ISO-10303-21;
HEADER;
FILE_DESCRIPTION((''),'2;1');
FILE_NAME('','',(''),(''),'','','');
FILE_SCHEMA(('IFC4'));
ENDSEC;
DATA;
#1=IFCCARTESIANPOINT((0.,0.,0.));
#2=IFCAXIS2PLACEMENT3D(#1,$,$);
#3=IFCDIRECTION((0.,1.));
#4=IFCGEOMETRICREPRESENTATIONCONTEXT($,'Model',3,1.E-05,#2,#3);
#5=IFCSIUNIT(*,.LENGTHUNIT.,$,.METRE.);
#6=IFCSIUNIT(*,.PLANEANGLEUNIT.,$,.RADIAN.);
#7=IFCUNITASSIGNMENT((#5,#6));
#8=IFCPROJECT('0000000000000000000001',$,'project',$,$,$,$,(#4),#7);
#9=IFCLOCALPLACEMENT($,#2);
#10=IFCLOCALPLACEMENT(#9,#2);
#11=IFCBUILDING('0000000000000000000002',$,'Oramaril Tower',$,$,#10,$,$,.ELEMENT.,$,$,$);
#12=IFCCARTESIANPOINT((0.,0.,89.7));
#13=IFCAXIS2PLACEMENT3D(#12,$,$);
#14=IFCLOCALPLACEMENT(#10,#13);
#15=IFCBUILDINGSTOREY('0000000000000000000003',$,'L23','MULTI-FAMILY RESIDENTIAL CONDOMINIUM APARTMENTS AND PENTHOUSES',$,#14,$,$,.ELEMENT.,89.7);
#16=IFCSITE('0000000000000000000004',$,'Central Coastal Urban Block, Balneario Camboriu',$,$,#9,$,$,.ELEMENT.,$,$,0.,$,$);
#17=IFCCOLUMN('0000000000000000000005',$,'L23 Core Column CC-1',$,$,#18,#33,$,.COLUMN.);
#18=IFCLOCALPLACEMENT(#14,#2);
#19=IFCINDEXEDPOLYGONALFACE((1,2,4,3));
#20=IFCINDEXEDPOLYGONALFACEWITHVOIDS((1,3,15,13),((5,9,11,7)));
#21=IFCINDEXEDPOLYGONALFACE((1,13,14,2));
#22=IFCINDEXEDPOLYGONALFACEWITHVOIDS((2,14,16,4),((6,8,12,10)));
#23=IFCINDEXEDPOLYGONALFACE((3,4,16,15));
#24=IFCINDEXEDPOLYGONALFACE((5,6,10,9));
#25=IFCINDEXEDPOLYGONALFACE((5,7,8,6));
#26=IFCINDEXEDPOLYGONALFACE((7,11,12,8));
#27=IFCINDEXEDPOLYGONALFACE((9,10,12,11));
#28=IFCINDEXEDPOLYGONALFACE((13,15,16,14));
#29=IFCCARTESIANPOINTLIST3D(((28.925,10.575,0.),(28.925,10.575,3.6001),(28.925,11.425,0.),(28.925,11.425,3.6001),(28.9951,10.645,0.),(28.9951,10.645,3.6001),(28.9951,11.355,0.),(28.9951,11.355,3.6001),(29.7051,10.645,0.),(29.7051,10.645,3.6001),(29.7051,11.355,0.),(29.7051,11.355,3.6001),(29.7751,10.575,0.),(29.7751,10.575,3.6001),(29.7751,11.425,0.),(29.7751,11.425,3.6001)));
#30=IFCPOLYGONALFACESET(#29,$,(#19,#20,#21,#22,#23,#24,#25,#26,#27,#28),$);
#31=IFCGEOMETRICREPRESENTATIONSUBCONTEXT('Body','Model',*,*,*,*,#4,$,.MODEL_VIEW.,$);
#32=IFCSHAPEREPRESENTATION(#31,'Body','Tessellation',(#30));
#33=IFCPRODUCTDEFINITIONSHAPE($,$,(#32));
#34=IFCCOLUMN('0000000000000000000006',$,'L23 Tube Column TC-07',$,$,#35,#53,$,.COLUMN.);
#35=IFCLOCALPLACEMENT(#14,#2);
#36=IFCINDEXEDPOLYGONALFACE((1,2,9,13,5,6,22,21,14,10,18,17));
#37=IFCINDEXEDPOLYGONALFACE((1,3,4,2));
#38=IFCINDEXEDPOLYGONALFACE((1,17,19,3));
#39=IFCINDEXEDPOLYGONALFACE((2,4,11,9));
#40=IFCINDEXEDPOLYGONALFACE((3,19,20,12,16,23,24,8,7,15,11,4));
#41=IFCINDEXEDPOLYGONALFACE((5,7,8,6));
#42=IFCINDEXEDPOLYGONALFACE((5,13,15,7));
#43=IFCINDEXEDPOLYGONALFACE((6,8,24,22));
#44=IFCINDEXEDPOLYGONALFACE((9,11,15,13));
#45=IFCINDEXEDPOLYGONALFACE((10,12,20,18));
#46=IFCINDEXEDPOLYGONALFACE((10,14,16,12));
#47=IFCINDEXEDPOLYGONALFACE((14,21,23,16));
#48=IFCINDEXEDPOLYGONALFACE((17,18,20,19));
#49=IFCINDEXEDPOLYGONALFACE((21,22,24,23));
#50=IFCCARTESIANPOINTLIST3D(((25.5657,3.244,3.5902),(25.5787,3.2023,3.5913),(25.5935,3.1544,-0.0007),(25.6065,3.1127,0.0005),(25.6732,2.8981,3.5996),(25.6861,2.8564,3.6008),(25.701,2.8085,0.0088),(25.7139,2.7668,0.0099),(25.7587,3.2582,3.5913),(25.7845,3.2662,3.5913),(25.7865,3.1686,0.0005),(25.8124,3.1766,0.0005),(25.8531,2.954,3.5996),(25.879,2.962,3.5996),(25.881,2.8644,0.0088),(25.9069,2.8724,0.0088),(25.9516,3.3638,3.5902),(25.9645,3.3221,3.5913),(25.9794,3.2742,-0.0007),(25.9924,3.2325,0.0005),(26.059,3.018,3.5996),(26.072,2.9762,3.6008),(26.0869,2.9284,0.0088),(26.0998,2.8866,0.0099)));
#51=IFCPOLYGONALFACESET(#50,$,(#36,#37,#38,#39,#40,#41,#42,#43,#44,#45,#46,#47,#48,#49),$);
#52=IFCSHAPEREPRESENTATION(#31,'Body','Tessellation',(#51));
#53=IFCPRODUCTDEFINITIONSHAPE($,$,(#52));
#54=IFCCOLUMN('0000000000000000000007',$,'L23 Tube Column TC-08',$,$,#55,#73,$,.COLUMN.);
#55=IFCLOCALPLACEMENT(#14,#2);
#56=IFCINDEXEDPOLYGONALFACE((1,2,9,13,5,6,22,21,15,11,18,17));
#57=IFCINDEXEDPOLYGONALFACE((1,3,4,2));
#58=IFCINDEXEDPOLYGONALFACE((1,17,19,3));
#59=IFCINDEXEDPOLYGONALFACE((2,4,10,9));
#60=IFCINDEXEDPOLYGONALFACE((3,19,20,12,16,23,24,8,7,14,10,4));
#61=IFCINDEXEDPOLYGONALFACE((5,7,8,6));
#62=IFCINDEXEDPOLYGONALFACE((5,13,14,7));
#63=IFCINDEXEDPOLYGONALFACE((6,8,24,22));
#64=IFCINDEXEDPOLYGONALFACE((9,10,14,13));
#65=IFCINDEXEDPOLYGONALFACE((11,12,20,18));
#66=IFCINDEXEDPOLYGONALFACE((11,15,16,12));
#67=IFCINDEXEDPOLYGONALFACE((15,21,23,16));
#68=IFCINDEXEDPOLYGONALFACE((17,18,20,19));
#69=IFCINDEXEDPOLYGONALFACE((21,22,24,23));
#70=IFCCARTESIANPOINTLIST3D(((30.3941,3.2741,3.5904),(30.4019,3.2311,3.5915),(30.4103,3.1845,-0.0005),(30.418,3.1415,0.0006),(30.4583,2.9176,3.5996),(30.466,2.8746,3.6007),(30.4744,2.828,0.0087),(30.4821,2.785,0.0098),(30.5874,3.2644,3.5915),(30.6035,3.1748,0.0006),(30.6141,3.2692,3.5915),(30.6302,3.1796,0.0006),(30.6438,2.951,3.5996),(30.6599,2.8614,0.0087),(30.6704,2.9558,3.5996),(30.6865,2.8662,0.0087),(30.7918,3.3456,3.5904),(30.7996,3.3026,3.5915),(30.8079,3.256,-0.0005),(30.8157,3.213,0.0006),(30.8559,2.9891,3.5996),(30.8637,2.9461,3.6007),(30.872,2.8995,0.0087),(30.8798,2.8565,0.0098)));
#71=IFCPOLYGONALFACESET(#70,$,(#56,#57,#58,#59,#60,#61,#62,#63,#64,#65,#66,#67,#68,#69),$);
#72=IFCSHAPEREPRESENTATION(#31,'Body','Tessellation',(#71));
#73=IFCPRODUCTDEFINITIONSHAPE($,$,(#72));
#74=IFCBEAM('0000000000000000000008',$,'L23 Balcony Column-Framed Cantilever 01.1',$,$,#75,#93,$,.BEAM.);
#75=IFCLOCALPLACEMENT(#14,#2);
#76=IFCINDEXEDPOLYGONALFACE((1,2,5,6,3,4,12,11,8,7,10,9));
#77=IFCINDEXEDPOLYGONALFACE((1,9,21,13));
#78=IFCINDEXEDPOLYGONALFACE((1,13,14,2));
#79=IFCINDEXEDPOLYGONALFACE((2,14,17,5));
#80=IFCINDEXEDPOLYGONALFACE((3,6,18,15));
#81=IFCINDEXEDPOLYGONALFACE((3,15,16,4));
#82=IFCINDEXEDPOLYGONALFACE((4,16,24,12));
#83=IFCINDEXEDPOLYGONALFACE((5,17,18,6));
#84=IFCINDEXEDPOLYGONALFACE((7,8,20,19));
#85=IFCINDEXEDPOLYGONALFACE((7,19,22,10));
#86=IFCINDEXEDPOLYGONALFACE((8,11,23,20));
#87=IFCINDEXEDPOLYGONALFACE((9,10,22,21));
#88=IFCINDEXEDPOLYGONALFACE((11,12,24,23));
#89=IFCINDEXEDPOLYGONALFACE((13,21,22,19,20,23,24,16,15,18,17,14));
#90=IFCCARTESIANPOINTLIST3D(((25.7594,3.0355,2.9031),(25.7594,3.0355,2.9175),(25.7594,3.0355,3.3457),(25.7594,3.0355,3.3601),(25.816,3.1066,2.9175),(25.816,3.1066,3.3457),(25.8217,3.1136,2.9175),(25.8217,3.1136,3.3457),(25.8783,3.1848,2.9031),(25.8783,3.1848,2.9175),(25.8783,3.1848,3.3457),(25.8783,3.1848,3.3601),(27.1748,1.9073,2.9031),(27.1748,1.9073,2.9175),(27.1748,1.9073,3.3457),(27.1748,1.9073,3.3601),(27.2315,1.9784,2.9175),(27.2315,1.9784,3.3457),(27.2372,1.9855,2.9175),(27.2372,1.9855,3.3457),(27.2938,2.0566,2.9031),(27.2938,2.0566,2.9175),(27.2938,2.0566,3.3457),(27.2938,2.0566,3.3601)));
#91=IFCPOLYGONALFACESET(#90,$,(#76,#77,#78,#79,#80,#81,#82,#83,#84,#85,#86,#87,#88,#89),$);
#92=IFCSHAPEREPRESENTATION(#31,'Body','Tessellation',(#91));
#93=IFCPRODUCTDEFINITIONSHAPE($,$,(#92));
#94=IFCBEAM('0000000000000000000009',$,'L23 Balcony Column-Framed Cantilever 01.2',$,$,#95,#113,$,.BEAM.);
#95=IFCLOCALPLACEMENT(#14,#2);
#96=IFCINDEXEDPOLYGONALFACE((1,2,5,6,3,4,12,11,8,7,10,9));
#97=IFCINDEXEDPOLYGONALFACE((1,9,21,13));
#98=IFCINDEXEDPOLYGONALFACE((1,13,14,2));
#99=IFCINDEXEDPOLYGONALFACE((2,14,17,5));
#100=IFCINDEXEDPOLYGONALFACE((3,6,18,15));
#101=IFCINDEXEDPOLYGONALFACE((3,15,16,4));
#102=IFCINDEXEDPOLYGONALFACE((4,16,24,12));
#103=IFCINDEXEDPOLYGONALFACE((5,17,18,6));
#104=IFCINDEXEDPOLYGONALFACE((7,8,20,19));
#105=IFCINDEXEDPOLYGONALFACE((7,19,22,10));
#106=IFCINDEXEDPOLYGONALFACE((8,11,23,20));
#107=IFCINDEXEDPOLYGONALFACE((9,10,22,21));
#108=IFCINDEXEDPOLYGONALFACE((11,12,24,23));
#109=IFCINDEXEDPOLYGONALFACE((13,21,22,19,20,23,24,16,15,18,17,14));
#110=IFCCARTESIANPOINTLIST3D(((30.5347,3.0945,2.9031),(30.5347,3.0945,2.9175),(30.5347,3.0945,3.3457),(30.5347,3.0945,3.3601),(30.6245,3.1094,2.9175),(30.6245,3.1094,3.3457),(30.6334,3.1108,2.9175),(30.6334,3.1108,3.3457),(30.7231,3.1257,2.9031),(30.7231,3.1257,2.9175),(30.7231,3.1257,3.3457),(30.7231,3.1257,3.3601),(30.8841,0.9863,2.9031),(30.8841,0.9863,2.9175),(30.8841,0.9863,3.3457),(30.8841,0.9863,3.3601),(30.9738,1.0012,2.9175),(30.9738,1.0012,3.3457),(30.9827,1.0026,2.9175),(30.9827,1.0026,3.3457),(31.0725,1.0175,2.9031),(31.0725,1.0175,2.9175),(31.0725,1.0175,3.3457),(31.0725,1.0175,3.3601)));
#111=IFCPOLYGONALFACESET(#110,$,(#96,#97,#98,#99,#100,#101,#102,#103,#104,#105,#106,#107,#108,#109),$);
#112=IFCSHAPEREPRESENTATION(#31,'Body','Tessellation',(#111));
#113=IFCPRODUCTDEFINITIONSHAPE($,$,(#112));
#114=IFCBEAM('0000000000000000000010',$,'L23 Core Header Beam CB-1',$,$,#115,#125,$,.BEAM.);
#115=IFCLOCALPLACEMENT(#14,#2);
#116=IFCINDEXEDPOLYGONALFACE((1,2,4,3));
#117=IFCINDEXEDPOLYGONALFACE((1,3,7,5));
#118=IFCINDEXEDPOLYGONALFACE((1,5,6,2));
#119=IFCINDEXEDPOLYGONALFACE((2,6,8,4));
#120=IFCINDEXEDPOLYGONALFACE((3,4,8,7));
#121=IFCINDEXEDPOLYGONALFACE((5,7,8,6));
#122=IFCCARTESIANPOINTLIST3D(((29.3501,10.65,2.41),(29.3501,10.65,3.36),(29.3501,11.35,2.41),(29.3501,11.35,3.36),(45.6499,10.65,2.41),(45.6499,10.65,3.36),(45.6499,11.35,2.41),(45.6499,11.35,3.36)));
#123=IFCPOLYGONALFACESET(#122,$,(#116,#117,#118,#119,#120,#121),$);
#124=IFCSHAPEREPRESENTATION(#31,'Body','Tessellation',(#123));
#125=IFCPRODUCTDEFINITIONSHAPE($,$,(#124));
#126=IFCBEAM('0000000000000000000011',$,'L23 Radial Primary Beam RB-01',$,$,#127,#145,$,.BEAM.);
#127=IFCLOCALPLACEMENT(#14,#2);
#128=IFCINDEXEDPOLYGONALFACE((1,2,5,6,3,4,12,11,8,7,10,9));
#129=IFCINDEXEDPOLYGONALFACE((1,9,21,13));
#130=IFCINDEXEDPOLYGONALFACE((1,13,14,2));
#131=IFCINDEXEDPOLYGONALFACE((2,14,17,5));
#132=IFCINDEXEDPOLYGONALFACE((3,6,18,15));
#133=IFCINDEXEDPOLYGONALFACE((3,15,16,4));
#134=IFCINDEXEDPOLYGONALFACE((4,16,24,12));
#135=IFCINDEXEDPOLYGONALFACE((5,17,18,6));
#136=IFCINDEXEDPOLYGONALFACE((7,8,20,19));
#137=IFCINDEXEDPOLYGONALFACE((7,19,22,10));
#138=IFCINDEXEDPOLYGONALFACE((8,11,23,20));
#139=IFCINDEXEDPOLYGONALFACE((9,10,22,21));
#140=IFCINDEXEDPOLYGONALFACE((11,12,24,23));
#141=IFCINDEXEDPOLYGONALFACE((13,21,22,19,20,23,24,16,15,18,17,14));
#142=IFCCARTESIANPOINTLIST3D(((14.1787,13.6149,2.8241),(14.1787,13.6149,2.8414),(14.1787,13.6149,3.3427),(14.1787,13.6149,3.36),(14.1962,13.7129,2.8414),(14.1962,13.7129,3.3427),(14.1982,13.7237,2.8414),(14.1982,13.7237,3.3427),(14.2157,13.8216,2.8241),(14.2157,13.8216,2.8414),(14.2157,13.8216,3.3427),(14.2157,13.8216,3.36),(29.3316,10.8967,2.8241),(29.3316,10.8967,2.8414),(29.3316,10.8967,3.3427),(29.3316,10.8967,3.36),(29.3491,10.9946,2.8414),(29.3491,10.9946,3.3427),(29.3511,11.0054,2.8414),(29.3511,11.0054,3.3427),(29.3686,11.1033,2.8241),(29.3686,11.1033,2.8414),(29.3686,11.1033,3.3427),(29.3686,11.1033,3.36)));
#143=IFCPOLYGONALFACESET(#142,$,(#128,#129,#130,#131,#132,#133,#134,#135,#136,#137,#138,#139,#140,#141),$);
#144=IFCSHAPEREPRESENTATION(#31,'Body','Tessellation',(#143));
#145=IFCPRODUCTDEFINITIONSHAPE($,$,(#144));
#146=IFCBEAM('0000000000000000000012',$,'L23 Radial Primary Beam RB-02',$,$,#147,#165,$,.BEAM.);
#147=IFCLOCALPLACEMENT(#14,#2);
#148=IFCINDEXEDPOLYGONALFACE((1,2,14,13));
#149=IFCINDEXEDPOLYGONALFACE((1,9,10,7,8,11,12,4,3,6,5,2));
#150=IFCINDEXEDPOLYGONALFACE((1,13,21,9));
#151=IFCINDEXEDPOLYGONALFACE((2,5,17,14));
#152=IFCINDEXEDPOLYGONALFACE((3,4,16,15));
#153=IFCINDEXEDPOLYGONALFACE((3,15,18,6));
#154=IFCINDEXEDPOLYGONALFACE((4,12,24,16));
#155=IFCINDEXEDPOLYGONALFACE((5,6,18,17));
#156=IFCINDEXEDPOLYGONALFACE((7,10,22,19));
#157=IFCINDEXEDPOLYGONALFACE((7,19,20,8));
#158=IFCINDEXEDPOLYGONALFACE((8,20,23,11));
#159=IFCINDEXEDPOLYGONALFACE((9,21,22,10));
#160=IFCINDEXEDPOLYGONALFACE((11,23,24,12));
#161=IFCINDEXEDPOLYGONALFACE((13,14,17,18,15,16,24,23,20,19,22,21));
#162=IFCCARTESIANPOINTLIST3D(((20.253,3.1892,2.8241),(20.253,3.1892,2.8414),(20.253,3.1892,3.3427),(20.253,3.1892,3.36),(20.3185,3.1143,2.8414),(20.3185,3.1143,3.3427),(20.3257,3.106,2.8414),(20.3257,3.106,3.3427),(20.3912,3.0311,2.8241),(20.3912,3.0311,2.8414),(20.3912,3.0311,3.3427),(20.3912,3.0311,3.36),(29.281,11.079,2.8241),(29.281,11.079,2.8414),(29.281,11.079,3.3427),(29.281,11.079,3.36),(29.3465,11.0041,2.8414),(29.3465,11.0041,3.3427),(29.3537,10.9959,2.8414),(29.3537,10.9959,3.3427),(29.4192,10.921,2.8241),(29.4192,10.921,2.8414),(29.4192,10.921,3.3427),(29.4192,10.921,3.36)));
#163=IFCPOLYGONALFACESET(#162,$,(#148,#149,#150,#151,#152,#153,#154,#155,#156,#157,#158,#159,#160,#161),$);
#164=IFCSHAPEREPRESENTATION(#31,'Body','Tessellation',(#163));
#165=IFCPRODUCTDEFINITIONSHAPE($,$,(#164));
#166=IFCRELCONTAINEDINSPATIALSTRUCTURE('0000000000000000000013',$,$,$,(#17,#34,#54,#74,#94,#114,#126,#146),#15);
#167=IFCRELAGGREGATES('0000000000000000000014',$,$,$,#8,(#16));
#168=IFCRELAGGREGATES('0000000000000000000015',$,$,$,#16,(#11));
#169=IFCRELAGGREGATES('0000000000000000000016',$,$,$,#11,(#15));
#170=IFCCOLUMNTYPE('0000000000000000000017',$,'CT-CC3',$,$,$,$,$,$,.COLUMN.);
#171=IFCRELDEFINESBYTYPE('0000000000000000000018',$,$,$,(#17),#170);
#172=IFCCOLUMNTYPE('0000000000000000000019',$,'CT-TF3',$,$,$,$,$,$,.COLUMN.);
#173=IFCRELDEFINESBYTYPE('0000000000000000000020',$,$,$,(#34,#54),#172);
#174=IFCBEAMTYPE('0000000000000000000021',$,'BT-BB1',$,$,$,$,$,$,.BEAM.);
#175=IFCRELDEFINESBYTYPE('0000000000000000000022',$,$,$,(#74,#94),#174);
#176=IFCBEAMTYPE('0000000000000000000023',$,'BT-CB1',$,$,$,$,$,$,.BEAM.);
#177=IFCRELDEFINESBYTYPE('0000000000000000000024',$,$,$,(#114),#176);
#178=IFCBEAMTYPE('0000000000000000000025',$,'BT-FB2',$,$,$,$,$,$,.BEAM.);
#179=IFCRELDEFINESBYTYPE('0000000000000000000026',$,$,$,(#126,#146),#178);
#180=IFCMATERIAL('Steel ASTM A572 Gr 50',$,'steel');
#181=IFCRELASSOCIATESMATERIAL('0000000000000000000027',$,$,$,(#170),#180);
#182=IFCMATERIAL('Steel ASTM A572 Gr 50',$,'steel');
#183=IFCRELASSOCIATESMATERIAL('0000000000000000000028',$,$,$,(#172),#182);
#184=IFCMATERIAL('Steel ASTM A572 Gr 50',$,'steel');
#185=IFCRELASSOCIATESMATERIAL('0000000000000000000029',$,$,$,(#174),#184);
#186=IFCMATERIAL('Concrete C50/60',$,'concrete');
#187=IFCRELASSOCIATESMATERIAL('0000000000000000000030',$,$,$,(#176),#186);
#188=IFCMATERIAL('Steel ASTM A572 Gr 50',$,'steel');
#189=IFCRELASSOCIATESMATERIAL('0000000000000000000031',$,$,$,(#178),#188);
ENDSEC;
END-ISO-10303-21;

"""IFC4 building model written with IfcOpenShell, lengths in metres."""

from ifc_helpers import new_model, si_unit, direction, frame, origin, origin_2d, place, context, subcontext, project, spatial, rectangle, hollow_rectangle, i_section, extrude, material, material_profile, profile_set, type_object, element, save


model = new_model("IFC4")

# Units and contexts
model_context = context("Model", 3, precision=1e-05, world=origin(), true_north=direction((0.0, 1.0)))
body_context = subcontext(model_context, "Body", "Model", "MODEL_VIEW")
ifc_project = project(units=[si_unit("LENGTHUNIT", "METRE"), si_unit("PLANEANGLEUNIT", "RADIAN")], contexts=[model_context])

# Site, building, storey
site_placement = place(None, origin())
site = spatial("IfcSite", under=ifc_project, at=site_placement, Name="Central Coastal Urban Block, Balneario Camboriu", CompositionType="ELEMENT", RefElevation=0.0)
building_placement = place(site_placement, origin())
building = spatial("IfcBuilding", under=site, at=building_placement, Name="Oramaril Tower", CompositionType="ELEMENT")
storey_placement = place(building_placement, frame((0.0, 0.0, 89.7)))
storey = spatial("IfcBuildingStorey", under=building, at=storey_placement, Name="L23", Description="MULTI-FAMILY RESIDENTIAL CONDOMINIUM APARTMENTS AND PENTHOUSES", CompositionType="ELEMENT", Elevation=89.7)

# Columns
ifc_material_1 = material(Name="Steel ASTM A572 Gr 50", Category="steel")
ifc_material_profile_1 = material_profile(ifc_material_1, hollow_rectangle(XDim=0.8501, YDim=0.8501, WallThickness=0.0701, at=origin_2d()), Name="BOX850X850X70")
ifc_profile_set_1 = profile_set([ifc_material_profile_1], Name="Steel ASTM A572 Gr 50")
column_type_1 = type_object("IfcColumnType", Name="CT-CC3", PredefinedType="COLUMN", material=ifc_profile_set_1)
column_placement = place(storey_placement, frame((29.3501, 11.0, 0.0), z_axis=(0.0, 0.0, 1.0), x_axis=(1.0, 0.0, 0.0)))
element("IfcColumn", 1, at=column_placement, inside=storey, type_object=column_type_1, Name="L23 Core Column CC-1", PredefinedType="COLUMN", context=body_context, shape_type="SweptSolid", body=[
    extrude(hollow_rectangle(XDim=0.8501, YDim=0.8501, WallThickness=0.0701, at=origin_2d()), origin(), (0.0, 0.0, 1.0), 3.6001),
])
ifc_material_2 = material(Name="Steel ASTM A572 Gr 50", Category="steel")
ifc_material_profile_2 = material_profile(ifc_material_2, i_section(OverallWidth=0.4041, OverallDepth=0.406, WebThickness=0.0271, FlangeThickness=0.0437, at=origin_2d()), Name="W14X233")
ifc_profile_set_2 = profile_set([ifc_material_profile_2], Name="Steel ASTM A572 Gr 50")
column_type_2 = type_object("IfcColumnType", Name="CT-TF3", PredefinedType="COLUMN", material=ifc_profile_set_2)
for number, where, z_axis, x_axis, name in (
    (2, (25.8467, 3.0205, 0.0046), (-0.007748, 0.024944, 0.999659), (-0.954988, -0.296645, 0.0), "L23 Tube Column TC-07"),
    (3, (30.645, 3.0205, 0.0046), (-0.004486, 0.024944, 0.999679), (-0.984211, -0.176997, 0.0), "L23 Tube Column TC-08"),
):
    element("IfcColumn", number, at=place(storey_placement, frame(where, z_axis=z_axis, x_axis=x_axis)), inside=storey, type_object=column_type_2, Name=name, PredefinedType="COLUMN", context=body_context, shape_type="SweptSolid", body=[
        extrude(i_section(OverallWidth=0.4041, OverallDepth=0.406, WebThickness=0.0271, FlangeThickness=0.0437, at=origin_2d()), origin(), (0.0, 0.0, 1.0), 3.592),
    ])

# Beams
ifc_material_3 = material(Name="Steel ASTM A572 Gr 50", Category="steel")
ifc_material_profile_3 = material_profile(ifc_material_3, i_section(OverallWidth=0.1909, OverallDepth=0.457, WebThickness=0.009, FlangeThickness=0.0144, at=origin_2d()), Name="W18X50")
ifc_profile_set_3 = profile_set([ifc_material_profile_3], Name="Steel ASTM A572 Gr 50")
beam_type_1 = type_object("IfcBeamType", Name="BT-BB1", PredefinedType="BEAM", material=ifc_profile_set_3)
beam_1_placement = place(storey_placement, frame((25.8188, 3.1101, 3.1316), z_axis=(0.782012, -0.623263, 0.0), x_axis=(0.623263, 0.782012, 0.0)))
element("IfcBeam", 4, at=beam_1_placement, inside=storey, type_object=beam_type_1, Name="L23 Balcony Column-Framed Cantilever 01.1", PredefinedType="BEAM", context=body_context, shape_type="SweptSolid", body=[
    extrude(i_section(OverallWidth=0.1909, OverallDepth=0.457, WebThickness=0.009, FlangeThickness=0.0144, at=origin_2d()), origin(), (0.0, 0.0, 1.0), 1.8101),
])
beam_2_placement = place(storey_placement, frame((30.6289, 3.1101, 3.1316), z_axis=(0.163491, -0.986545, 0.0), x_axis=(0.986545, 0.163491, 0.0)))
element("IfcBeam", 5, at=beam_2_placement, inside=storey, type_object=beam_type_1, Name="L23 Balcony Column-Framed Cantilever 01.2", PredefinedType="BEAM", context=body_context, shape_type="SweptSolid", body=[
    extrude(i_section(OverallWidth=0.1909, OverallDepth=0.457, WebThickness=0.009, FlangeThickness=0.0144, at=origin_2d()), origin(), (0.0, 0.0, 1.0), 2.137),
])
ifc_material_4 = material(Name="Concrete C50/60", Category="concrete")
ifc_material_profile_4 = material_profile(ifc_material_4, rectangle(XDim=0.7, YDim=0.95, at=origin_2d()), Name="CB700X950")
ifc_profile_set_4 = profile_set([ifc_material_profile_4], Name="Concrete C50/60")
beam_type_2 = type_object("IfcBeamType", Name="BT-CB1", PredefinedType="BEAM", material=ifc_profile_set_4)
beam_3_placement = place(storey_placement, frame((29.3501, 11.0, 2.885), z_axis=(1.0, 0.0, 0.0), x_axis=(0.0, 1.0, 0.0)))
element("IfcBeam", 6, at=beam_3_placement, inside=storey, type_object=beam_type_2, Name="L23 Core Header Beam CB-1", PredefinedType="BEAM", context=body_context, shape_type="SweptSolid", body=[
    extrude(rectangle(XDim=0.7, YDim=0.95, at=origin_2d()), origin(), (0.0, 0.0, 1.0), 16.2998),
])
ifc_material_5 = material(Name="Steel ASTM A572 Gr 50", Category="steel")
ifc_material_profile_5 = material_profile(ifc_material_5, i_section(OverallWidth=0.21, OverallDepth=0.5359, WebThickness=0.011, FlangeThickness=0.0173, at=origin_2d()), Name="W21X68")
ifc_profile_set_5 = profile_set([ifc_material_profile_5], Name="Steel ASTM A572 Gr 50")
beam_type_3 = type_object("IfcBeamType", Name="BT-FB2", PredefinedType="BEAM", material=ifc_profile_set_5)
beam_4_placement = place(storey_placement, frame((29.3501, 11.0, 3.092), z_axis=(-0.984288, 0.176571, 0.0), x_axis=(-0.176571, -0.984288, 0.0)))
element("IfcBeam", 7, at=beam_4_placement, inside=storey, type_object=beam_type_3, Name="L23 Radial Primary Beam RB-01", PredefinedType="BEAM", context=body_context, shape_type="SweptSolid", body=[
    extrude(i_section(OverallWidth=0.21, OverallDepth=0.5359, WebThickness=0.011, FlangeThickness=0.0173, at=origin_2d()), origin(), (0.0, 0.0, 1.0), 15.3948),
])
beam_5_placement = place(storey_placement, frame((29.3501, 11.0, 3.092), z_axis=(-0.752976, -0.658048, 0.0), x_axis=(0.658048, -0.752976, 0.0)))
element("IfcBeam", 8, at=beam_5_placement, inside=storey, type_object=beam_type_3, Name="L23 Radial Primary Beam RB-02", PredefinedType="BEAM", context=body_context, shape_type="SweptSolid", body=[
    extrude(i_section(OverallWidth=0.21, OverallDepth=0.5359, WebThickness=0.011, FlangeThickness=0.0173, at=origin_2d()), origin(), (0.0, 0.0, 1.0), 11.9897),
])

save(model, "model.ifc")
